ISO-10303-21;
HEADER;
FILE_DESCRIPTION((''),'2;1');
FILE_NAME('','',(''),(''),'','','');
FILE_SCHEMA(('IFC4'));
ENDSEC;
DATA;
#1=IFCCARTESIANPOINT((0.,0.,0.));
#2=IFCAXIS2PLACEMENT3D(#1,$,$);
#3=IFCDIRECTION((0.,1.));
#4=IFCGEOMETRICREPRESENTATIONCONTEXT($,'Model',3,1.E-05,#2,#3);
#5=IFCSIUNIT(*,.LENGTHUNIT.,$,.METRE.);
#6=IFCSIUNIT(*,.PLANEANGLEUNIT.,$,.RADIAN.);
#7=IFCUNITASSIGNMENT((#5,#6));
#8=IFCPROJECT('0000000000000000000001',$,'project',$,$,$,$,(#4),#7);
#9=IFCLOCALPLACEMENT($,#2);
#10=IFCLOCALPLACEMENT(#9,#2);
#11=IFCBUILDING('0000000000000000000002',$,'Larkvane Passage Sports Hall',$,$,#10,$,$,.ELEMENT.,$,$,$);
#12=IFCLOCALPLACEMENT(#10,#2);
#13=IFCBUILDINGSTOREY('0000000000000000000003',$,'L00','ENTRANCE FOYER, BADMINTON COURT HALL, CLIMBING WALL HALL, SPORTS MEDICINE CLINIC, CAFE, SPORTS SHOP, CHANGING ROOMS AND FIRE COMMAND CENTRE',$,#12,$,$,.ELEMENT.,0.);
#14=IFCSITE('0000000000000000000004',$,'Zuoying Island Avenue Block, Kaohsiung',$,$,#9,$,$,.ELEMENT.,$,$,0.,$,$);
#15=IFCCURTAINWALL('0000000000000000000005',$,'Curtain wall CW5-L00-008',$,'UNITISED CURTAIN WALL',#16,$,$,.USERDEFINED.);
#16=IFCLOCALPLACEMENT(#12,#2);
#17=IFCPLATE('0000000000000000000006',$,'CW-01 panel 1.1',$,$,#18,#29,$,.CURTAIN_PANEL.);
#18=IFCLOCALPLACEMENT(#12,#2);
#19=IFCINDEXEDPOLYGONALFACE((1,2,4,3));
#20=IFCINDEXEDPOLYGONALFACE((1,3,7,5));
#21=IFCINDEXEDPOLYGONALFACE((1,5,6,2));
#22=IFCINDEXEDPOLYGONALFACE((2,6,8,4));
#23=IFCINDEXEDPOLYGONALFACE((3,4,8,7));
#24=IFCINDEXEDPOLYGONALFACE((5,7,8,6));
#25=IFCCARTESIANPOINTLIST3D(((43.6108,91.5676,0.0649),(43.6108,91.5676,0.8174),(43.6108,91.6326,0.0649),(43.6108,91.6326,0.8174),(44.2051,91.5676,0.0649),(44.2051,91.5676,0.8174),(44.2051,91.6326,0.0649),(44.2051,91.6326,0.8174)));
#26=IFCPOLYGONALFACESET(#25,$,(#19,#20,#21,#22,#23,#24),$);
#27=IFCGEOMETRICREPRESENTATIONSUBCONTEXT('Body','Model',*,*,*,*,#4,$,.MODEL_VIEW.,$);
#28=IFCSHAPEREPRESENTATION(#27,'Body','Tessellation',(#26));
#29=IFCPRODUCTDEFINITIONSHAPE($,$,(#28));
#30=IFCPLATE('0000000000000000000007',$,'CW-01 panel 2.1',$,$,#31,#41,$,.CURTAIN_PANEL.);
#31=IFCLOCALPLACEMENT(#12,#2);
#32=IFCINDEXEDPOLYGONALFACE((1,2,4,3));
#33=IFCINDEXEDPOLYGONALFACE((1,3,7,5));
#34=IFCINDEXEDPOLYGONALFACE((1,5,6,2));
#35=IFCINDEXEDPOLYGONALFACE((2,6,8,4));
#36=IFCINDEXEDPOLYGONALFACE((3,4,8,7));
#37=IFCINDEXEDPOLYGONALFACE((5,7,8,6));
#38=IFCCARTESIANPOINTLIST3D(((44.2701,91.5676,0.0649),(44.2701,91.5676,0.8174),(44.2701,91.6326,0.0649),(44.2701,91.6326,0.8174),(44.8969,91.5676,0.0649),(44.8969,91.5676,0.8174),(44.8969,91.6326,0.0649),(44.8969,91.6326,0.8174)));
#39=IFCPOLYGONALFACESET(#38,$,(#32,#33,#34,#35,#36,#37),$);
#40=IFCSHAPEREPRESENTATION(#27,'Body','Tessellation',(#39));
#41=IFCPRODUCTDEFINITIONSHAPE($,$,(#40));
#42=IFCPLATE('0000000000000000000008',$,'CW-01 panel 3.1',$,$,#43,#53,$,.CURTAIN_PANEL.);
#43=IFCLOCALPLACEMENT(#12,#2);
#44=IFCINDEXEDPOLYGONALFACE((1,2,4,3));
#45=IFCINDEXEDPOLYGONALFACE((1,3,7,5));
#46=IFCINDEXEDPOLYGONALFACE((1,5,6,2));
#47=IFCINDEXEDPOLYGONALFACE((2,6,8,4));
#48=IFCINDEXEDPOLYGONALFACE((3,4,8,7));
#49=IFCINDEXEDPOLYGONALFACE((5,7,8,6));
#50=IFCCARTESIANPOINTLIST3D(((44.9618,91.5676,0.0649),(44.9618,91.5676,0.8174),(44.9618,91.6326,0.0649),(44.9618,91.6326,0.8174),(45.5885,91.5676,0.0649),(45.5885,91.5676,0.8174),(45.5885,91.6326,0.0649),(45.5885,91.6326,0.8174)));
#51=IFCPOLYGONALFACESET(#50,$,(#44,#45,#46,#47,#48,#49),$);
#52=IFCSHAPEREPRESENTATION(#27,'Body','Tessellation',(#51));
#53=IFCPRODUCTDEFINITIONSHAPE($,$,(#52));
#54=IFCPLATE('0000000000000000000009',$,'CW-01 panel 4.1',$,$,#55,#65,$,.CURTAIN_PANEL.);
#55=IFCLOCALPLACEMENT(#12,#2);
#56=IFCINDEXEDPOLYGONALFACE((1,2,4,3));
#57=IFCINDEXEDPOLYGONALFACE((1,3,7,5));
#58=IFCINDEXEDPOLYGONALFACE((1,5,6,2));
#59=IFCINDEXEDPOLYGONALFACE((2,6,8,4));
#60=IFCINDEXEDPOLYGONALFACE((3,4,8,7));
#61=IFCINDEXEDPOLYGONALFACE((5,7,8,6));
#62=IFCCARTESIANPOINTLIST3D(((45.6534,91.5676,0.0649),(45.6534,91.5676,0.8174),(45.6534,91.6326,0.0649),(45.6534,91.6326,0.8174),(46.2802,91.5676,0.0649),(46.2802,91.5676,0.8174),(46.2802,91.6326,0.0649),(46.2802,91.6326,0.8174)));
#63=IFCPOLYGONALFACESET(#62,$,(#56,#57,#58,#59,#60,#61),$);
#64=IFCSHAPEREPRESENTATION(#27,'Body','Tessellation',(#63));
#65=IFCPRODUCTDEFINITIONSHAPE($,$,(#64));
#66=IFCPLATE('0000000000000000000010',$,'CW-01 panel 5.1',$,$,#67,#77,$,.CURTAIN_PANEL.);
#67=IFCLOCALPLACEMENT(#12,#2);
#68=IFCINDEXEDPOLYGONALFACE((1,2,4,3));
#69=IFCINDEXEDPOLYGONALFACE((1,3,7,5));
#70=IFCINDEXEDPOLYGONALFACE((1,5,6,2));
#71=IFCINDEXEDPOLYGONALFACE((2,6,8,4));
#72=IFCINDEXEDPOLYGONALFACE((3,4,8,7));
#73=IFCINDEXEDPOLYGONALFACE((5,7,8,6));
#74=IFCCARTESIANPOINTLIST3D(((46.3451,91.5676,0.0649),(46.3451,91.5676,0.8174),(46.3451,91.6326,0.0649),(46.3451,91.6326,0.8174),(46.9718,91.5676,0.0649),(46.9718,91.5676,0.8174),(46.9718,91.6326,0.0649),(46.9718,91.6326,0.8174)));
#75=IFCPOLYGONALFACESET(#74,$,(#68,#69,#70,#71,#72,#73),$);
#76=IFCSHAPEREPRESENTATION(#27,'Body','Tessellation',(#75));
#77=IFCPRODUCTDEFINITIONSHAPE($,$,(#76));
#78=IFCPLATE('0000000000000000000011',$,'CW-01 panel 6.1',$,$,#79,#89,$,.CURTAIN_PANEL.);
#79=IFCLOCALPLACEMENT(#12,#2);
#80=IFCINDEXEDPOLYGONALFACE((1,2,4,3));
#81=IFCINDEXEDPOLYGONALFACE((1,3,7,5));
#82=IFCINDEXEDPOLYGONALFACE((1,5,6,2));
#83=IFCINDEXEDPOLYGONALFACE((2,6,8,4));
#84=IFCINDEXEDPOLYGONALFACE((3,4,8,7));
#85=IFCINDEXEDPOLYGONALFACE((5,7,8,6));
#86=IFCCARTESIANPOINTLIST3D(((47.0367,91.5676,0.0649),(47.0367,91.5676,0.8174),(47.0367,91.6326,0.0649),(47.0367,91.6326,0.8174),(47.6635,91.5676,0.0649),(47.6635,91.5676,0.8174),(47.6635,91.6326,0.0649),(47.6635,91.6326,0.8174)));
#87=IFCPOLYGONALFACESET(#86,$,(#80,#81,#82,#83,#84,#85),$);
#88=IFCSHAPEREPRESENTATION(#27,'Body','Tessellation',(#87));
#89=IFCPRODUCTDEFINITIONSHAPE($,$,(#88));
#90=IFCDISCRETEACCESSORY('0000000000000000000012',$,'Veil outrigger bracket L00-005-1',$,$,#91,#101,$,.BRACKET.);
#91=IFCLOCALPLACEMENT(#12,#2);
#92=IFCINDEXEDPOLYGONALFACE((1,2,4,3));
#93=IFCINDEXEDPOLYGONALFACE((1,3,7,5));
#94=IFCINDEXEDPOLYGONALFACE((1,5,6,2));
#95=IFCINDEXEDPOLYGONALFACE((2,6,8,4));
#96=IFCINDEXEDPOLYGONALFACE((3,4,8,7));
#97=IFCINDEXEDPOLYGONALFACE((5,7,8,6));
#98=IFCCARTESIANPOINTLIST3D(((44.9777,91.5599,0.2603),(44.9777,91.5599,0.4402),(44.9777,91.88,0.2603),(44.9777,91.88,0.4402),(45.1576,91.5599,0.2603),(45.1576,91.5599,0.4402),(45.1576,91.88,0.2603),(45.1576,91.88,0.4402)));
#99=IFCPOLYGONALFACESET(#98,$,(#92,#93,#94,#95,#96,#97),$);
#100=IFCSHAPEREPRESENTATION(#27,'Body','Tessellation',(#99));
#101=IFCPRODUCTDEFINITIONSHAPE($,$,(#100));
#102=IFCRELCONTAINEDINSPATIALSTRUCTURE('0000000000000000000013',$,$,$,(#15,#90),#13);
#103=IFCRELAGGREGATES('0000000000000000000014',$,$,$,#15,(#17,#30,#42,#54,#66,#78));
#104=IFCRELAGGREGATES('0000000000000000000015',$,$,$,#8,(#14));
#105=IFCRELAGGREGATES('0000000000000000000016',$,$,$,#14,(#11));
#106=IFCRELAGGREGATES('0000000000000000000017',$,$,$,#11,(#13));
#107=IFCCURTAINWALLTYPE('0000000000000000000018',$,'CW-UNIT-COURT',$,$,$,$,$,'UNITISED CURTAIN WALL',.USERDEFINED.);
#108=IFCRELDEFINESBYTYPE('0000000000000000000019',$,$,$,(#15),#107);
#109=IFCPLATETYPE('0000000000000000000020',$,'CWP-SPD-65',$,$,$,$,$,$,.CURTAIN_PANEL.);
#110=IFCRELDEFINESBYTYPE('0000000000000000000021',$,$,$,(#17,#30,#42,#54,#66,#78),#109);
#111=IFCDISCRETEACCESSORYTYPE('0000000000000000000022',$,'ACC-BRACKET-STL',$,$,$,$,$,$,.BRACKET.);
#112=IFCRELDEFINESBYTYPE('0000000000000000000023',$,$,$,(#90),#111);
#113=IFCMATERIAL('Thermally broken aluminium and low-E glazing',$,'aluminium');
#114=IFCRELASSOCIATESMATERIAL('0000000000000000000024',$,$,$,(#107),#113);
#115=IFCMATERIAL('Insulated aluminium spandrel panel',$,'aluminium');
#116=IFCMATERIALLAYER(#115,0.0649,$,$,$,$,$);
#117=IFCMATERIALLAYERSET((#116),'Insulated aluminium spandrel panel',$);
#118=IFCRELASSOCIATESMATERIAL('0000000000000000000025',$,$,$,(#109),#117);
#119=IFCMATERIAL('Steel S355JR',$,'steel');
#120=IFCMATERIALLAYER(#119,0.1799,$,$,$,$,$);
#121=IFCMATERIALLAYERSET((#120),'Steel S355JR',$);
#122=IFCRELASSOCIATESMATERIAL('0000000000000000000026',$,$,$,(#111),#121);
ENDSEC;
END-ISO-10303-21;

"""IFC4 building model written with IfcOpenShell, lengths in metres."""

from ifc_helpers import new_model, si_unit, direction, frame, origin, origin_2d, place, context, subcontext, project, spatial, rectangle, extrude, material, layer, layer_set, type_object, element, aggregate, save


model = new_model("IFC4")

# Units and contexts
model_context = context("Model", 3, precision=1e-05, world=origin(), true_north=direction((0.0, 1.0)))
body_context = subcontext(model_context, "Body", "Model", "MODEL_VIEW")
ifc_project = project(units=[si_unit("LENGTHUNIT", "METRE"), si_unit("PLANEANGLEUNIT", "RADIAN")], contexts=[model_context])

# Site, building, storey
site_placement = place(None, origin())
site = spatial("IfcSite", under=ifc_project, at=site_placement, Name="Zuoying Island Avenue Block, Kaohsiung", CompositionType="ELEMENT", RefElevation=0.0)
building_placement = place(site_placement, origin())
building = spatial("IfcBuilding", under=site, at=building_placement, Name="Larkvane Passage Sports Hall", CompositionType="ELEMENT")
storey_placement = place(building_placement, origin())
storey = spatial("IfcBuildingStorey", under=building, at=storey_placement, Name="L00", Description="ENTRANCE FOYER, BADMINTON COURT HALL, CLIMBING WALL HALL, SPORTS MEDICINE CLINIC, CAFE, SPORTS SHOP, CHANGING ROOMS AND FIRE COMMAND CENTRE", CompositionType="ELEMENT", Elevation=0.0)

# Curtain wall, plates
ifc_material_1 = material(Name="Thermally broken aluminium and low-E glazing", Category="aluminium")
curtain_wall_type = type_object("IfcCurtainWallType", Name="CW-UNIT-COURT", ElementType="UNITISED CURTAIN WALL", PredefinedType="USERDEFINED", material=ifc_material_1)
curtain_wall_placement = place(storey_placement, origin())
curtain_wall = element("IfcCurtainWall", 1, at=curtain_wall_placement, inside=storey, type_object=curtain_wall_type, Name="Curtain wall CW5-L00-008", ObjectType="UNITISED CURTAIN WALL", PredefinedType="USERDEFINED")
ifc_material_2 = material(Name="Insulated aluminium spandrel panel", Category="aluminium")
ifc_layer_1 = layer(ifc_material_2, 0.0649)
ifc_layer_set_1 = layer_set([ifc_layer_1], Name="Insulated aluminium spandrel panel")
plate_type = type_object("IfcPlateType", Name="CWP-SPD-65", PredefinedType="CURTAIN_PANEL", material=ifc_layer_set_1)
plate_1_placement = place(storey_placement, frame((43.908, 91.6001, 0.0649), z_axis=(0.0, 0.0, 1.0), x_axis=(1.0, 0.0, 0.0)))
plate_1 = element("IfcPlate", 2, at=plate_1_placement, type_object=plate_type, Name="CW-01 panel 1.1", PredefinedType="CURTAIN_PANEL", context=body_context, shape_type="SweptSolid", body=[
    extrude(rectangle(XDim=0.5942, YDim=0.0649, at=origin_2d()), origin(), (0.0, 0.0, 1.0), 0.7524),
])
plate_2_placement = place(storey_placement, frame((44.5835, 91.6001, 0.0649), z_axis=(0.0, 0.0, 1.0), x_axis=(1.0, 0.0, 0.0)))
plate_2 = element("IfcPlate", 3, at=plate_2_placement, type_object=plate_type, Name="CW-01 panel 2.1", PredefinedType="CURTAIN_PANEL", context=body_context, shape_type="SweptSolid", body=[
    extrude(rectangle(XDim=0.6267, YDim=0.0649, at=origin_2d()), origin(), (0.0, 0.0, 1.0), 0.7524),
])
plate_3_placement = place(storey_placement, frame((45.2751, 91.6001, 0.0649), z_axis=(0.0, 0.0, 1.0), x_axis=(1.0, 0.0, 0.0)))
plate_3 = element("IfcPlate", 4, at=plate_3_placement, type_object=plate_type, Name="CW-01 panel 3.1", PredefinedType="CURTAIN_PANEL", context=body_context, shape_type="SweptSolid", body=[
    extrude(rectangle(XDim=0.6267, YDim=0.0649, at=origin_2d()), origin(), (0.0, 0.0, 1.0), 0.7524),
])
plate_4_placement = place(storey_placement, frame((45.9668, 91.6001, 0.0649), z_axis=(0.0, 0.0, 1.0), x_axis=(1.0, 0.0, 0.0)))
plate_4 = element("IfcPlate", 5, at=plate_4_placement, type_object=plate_type, Name="CW-01 panel 4.1", PredefinedType="CURTAIN_PANEL", context=body_context, shape_type="SweptSolid", body=[
    extrude(rectangle(XDim=0.6267, YDim=0.0649, at=origin_2d()), origin(), (0.0, 0.0, 1.0), 0.7524),
])
plate_5_placement = place(storey_placement, frame((46.6584, 91.6001, 0.0649), z_axis=(0.0, 0.0, 1.0), x_axis=(1.0, 0.0, 0.0)))
plate_5 = element("IfcPlate", 6, at=plate_5_placement, type_object=plate_type, Name="CW-01 panel 5.1", PredefinedType="CURTAIN_PANEL", context=body_context, shape_type="SweptSolid", body=[
    extrude(rectangle(XDim=0.6267, YDim=0.0649, at=origin_2d()), origin(), (0.0, 0.0, 1.0), 0.7524),
])
plate_6_placement = place(storey_placement, frame((47.3501, 91.6001, 0.0649), z_axis=(0.0, 0.0, 1.0), x_axis=(1.0, 0.0, 0.0)))
plate_6 = element("IfcPlate", 7, at=plate_6_placement, type_object=plate_type, Name="CW-01 panel 6.1", PredefinedType="CURTAIN_PANEL", context=body_context, shape_type="SweptSolid", body=[
    extrude(rectangle(XDim=0.6267, YDim=0.0649, at=origin_2d()), origin(), (0.0, 0.0, 1.0), 0.7524),
])
aggregate(curtain_wall, [plate_1, plate_2, plate_3, plate_4, plate_5, plate_6])

# Discrete accessory
ifc_material_3 = material(Name="Steel S355JR", Category="steel")
ifc_layer_2 = layer(ifc_material_3, 0.1799)
ifc_layer_set_2 = layer_set([ifc_layer_2], Name="Steel S355JR")
discrete_accessory_type = type_object("IfcDiscreteAccessoryType", Name="ACC-BRACKET-STL", PredefinedType="BRACKET", material=ifc_layer_set_2)
discrete_accessory_placement = place(storey_placement, frame((45.0676, 91.72, 0.2603), z_axis=(0.0, 0.0, 1.0), x_axis=(1.0, 0.0, 0.0)))
element("IfcDiscreteAccessory", 8, at=discrete_accessory_placement, inside=storey, type_object=discrete_accessory_type, Name="Veil outrigger bracket L00-005-1", PredefinedType="BRACKET", context=body_context, shape_type="SweptSolid", body=[
    extrude(rectangle(XDim=0.1799, YDim=0.3201, at=origin_2d()), origin(), (0.0, 0.0, 1.0), 0.1799),
])

save(model, "model.ifc")
